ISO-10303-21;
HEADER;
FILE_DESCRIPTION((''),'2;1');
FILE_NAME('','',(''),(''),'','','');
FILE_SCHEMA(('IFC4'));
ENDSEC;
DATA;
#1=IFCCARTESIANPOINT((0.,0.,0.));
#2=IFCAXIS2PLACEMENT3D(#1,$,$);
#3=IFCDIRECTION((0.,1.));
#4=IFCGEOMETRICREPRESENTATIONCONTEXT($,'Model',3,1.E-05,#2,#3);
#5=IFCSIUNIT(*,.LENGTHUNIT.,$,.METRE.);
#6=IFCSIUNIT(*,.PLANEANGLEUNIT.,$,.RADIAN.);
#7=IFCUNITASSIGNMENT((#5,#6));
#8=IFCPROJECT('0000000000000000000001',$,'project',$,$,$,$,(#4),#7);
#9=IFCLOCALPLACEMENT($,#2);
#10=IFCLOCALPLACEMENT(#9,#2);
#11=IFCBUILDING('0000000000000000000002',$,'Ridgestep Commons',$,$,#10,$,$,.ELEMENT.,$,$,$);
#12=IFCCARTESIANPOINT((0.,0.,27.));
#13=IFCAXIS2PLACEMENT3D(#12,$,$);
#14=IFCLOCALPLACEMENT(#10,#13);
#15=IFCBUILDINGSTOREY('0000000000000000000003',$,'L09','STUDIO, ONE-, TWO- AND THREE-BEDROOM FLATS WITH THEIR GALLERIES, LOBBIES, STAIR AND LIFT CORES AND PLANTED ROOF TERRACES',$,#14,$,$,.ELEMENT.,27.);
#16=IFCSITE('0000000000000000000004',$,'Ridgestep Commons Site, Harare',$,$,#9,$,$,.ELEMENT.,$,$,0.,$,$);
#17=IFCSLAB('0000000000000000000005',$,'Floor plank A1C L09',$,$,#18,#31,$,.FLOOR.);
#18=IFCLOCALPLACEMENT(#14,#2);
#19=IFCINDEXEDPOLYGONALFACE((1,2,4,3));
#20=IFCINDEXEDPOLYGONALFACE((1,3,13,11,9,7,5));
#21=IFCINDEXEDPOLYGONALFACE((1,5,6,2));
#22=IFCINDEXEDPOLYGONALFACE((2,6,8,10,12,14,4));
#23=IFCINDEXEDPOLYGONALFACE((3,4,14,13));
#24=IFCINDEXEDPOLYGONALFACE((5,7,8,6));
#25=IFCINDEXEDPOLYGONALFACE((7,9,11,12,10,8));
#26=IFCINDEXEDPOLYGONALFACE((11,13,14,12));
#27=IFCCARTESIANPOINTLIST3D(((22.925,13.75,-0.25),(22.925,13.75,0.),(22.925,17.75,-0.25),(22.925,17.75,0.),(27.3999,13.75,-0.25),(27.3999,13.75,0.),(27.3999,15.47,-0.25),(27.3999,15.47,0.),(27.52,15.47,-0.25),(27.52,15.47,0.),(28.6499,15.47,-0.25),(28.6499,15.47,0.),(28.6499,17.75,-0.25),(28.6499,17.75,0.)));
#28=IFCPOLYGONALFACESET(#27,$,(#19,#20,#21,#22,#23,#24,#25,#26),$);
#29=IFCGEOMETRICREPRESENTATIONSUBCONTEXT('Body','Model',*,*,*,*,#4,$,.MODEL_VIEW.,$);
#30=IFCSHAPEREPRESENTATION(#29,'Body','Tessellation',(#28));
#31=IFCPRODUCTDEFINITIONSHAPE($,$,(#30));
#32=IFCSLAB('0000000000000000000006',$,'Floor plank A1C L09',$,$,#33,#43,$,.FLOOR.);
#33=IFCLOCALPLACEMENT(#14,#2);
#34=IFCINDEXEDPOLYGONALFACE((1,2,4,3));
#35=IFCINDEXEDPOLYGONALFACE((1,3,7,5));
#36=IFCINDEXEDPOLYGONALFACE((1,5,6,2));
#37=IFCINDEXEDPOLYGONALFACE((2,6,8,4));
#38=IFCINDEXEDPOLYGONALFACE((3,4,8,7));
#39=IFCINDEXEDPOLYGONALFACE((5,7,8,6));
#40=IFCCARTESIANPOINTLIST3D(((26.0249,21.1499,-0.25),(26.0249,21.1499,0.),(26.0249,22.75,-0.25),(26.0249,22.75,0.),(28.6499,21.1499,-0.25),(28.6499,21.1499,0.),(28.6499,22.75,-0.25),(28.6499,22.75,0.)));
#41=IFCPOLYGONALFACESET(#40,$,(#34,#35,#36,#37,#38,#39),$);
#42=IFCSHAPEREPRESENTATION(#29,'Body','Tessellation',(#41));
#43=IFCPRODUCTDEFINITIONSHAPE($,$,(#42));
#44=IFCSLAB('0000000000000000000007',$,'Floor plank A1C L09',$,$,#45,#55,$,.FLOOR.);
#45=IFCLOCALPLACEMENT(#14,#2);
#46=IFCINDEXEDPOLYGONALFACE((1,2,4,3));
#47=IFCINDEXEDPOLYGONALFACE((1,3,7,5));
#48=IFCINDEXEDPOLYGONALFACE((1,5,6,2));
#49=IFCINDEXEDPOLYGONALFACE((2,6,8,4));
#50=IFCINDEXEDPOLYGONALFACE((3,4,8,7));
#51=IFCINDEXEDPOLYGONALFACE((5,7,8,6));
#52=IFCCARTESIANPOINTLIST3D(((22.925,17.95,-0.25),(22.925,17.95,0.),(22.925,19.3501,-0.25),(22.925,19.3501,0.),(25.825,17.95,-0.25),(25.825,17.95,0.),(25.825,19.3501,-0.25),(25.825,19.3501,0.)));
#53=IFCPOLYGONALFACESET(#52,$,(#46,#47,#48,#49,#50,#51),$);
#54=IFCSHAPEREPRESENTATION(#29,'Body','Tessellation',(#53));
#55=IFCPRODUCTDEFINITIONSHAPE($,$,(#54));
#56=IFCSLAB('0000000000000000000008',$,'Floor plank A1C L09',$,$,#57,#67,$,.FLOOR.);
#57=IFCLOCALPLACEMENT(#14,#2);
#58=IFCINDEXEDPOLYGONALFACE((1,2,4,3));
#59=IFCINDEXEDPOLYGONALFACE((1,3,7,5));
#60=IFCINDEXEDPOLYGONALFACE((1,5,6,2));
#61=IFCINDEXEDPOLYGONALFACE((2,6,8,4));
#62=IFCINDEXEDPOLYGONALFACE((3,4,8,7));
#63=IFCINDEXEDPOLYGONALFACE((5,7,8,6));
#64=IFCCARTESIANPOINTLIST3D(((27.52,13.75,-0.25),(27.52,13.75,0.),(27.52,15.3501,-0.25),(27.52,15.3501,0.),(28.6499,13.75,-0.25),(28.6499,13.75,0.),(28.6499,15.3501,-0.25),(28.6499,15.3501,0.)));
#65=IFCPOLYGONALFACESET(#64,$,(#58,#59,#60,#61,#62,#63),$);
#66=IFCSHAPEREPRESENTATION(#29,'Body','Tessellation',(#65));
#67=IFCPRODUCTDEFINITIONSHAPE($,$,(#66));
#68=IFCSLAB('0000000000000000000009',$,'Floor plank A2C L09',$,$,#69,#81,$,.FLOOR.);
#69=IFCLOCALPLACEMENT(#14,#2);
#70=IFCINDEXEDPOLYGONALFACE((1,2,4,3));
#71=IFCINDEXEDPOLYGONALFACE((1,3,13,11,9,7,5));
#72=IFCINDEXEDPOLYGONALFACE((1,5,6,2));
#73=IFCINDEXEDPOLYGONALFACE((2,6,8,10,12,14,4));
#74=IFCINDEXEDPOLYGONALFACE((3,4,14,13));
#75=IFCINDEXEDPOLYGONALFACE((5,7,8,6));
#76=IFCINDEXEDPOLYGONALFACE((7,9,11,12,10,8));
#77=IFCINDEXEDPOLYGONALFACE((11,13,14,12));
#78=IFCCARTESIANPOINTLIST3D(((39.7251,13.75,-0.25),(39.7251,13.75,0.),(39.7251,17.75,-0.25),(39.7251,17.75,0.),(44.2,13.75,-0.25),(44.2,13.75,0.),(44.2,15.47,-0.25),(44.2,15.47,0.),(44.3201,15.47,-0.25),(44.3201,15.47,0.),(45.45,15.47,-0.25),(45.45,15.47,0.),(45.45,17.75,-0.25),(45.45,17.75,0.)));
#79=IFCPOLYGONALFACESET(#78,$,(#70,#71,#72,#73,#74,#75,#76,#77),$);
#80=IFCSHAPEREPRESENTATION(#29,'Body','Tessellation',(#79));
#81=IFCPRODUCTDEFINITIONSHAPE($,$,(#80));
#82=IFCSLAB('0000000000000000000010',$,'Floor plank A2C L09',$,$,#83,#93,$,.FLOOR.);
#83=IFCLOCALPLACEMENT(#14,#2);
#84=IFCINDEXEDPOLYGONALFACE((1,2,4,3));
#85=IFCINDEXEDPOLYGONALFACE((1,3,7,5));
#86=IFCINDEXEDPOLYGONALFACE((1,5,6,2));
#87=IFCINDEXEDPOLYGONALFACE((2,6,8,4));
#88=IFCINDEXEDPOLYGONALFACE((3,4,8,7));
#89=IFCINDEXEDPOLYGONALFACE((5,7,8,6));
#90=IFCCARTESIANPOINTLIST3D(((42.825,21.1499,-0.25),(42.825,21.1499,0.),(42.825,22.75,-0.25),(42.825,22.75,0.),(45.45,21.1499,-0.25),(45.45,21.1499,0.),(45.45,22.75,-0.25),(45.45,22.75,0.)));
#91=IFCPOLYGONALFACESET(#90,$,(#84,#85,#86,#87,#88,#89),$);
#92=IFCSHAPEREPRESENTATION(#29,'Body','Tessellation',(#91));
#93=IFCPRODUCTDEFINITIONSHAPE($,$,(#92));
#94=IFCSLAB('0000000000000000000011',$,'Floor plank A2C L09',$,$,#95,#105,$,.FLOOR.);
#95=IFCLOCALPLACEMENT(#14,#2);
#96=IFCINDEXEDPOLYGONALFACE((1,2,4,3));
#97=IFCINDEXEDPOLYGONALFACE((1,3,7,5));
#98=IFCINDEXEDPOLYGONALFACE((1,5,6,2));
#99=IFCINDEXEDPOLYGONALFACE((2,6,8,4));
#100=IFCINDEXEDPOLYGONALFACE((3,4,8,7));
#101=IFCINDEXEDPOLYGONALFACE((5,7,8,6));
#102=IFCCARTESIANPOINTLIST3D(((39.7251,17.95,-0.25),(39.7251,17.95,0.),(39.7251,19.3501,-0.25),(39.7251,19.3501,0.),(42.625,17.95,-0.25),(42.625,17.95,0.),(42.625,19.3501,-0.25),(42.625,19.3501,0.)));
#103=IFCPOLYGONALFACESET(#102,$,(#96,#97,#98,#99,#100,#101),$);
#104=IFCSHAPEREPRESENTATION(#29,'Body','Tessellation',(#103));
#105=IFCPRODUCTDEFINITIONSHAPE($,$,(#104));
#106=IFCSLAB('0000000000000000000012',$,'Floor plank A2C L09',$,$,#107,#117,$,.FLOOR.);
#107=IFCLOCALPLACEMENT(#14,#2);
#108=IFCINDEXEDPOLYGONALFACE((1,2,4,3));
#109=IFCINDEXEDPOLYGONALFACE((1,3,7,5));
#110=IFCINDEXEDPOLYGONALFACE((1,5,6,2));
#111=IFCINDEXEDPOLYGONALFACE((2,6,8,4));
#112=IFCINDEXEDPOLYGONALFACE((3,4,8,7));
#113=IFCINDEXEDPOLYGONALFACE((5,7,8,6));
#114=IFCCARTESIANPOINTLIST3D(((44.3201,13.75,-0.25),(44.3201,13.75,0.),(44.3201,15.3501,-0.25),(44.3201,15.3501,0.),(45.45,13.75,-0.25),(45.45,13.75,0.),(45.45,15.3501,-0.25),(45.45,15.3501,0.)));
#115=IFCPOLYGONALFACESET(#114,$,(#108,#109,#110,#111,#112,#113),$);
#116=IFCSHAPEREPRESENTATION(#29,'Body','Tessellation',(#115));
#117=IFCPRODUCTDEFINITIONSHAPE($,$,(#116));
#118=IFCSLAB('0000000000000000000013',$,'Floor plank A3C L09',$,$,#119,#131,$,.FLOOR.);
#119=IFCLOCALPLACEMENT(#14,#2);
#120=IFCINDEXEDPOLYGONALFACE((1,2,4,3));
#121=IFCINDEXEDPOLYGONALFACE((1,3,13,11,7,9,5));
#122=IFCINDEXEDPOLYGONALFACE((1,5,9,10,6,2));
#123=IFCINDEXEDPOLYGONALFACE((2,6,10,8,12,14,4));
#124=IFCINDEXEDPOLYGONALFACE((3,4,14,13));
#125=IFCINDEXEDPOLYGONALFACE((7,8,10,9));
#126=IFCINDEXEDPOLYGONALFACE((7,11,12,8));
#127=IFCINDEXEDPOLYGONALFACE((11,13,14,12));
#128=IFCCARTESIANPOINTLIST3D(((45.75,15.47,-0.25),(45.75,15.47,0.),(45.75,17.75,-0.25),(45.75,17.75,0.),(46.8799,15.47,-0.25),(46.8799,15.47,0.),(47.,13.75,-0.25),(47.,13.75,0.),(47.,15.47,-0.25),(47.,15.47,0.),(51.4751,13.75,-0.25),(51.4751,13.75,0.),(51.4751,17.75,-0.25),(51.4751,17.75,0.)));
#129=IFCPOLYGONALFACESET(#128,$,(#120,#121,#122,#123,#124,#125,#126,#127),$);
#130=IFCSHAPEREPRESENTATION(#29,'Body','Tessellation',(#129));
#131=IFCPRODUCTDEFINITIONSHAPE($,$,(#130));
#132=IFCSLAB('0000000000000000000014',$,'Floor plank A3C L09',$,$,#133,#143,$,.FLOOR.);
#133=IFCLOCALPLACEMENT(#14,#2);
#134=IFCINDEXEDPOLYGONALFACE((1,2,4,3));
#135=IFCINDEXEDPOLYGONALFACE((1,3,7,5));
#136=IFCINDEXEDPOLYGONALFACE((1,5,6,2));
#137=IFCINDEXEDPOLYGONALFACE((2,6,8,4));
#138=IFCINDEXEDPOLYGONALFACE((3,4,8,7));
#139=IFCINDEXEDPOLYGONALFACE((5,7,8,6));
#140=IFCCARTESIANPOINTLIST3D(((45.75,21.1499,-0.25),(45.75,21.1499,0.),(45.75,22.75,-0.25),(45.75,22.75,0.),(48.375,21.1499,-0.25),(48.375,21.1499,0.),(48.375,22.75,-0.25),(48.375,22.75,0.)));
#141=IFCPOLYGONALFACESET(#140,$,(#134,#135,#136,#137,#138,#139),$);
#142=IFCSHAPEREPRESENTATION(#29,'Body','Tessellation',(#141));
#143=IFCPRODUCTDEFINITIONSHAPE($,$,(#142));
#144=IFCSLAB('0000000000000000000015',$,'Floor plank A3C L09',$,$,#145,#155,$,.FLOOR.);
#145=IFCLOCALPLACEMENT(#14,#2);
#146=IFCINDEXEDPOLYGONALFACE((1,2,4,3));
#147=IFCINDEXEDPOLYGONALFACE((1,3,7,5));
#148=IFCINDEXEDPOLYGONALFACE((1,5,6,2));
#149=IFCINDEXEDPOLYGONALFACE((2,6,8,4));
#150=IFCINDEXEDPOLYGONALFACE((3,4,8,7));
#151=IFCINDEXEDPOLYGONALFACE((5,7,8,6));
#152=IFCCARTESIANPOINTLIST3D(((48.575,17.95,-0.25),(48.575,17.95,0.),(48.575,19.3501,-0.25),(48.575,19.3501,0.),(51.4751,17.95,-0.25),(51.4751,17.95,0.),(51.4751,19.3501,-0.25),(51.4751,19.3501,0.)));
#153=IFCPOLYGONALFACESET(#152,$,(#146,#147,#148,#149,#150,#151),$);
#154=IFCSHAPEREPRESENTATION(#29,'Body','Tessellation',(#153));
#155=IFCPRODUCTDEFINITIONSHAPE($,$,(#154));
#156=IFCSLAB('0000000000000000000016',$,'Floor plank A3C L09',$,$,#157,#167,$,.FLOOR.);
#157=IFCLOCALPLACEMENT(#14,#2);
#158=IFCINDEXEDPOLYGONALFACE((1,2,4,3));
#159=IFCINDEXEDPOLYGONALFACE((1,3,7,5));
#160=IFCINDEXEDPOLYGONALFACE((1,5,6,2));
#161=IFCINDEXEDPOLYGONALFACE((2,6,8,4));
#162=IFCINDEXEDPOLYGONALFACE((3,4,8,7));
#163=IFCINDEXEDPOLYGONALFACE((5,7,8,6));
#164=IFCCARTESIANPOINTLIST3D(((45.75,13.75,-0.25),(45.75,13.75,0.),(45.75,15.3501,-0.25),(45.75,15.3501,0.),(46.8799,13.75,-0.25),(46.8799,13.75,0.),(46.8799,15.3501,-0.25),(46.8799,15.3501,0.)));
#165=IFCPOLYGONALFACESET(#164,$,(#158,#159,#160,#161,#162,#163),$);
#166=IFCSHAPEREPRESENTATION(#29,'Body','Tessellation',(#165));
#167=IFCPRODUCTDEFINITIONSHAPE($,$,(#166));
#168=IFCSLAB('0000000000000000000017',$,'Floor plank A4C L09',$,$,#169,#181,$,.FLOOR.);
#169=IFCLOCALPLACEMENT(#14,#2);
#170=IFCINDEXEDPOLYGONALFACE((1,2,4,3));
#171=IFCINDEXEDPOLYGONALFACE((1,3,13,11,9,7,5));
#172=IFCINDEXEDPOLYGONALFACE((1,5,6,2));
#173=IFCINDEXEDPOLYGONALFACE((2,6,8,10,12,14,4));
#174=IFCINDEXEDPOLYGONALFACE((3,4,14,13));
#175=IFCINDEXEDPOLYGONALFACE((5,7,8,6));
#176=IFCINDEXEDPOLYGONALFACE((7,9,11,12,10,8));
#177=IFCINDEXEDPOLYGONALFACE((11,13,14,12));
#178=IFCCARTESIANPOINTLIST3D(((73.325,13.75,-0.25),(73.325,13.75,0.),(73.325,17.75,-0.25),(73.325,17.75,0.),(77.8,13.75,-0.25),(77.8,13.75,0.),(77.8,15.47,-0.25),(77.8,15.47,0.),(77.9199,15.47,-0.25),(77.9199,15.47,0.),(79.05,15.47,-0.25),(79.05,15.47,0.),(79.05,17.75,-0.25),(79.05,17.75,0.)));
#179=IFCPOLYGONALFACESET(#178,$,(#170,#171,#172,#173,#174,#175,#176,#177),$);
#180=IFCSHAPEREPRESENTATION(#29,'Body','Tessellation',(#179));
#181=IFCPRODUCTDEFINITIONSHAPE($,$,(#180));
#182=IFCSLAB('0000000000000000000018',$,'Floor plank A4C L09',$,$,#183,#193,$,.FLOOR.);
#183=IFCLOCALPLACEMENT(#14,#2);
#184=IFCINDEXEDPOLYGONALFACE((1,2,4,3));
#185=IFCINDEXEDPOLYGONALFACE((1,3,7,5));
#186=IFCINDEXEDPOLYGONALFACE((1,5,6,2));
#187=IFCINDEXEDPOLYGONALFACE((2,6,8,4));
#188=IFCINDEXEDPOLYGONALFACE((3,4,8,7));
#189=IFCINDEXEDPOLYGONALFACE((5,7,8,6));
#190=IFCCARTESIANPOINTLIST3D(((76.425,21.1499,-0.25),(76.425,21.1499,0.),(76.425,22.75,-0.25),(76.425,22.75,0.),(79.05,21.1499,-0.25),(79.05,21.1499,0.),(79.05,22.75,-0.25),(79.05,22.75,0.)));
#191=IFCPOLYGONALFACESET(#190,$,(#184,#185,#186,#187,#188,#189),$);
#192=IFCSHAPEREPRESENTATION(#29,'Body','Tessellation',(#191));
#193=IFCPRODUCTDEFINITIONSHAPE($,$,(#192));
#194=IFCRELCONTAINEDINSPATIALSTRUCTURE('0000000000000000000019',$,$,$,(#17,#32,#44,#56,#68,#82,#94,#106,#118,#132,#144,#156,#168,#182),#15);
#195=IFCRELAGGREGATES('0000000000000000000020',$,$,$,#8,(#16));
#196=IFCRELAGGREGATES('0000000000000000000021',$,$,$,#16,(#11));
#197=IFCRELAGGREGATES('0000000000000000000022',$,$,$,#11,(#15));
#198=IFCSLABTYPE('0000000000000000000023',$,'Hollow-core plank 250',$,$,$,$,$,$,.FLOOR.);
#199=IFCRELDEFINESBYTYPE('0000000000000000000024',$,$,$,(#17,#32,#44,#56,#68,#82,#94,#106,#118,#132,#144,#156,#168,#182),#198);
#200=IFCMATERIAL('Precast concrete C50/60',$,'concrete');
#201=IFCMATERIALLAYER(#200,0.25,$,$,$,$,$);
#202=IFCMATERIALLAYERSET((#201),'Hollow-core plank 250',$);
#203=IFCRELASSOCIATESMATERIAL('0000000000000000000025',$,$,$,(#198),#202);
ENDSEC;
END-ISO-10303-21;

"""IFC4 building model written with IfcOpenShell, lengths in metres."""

from ifc_helpers import new_model, si_unit, direction, frame, origin, place, context, subcontext, project, spatial, polyline, outline, extrude, material, layer, layer_set, type_object, element, save


model = new_model("IFC4")

# Units and contexts
model_context = context("Model", 3, precision=1e-05, world=origin(), true_north=direction((0.0, 1.0)))
body_context = subcontext(model_context, "Body", "Model", "MODEL_VIEW")
ifc_project = project(units=[si_unit("LENGTHUNIT", "METRE"), si_unit("PLANEANGLEUNIT", "RADIAN")], contexts=[model_context])

# Site, building, storey
site_placement = place(None, origin())
site = spatial("IfcSite", under=ifc_project, at=site_placement, Name="Ridgestep Commons Site, Harare", CompositionType="ELEMENT", RefElevation=0.0)
building_placement = place(site_placement, origin())
building = spatial("IfcBuilding", under=site, at=building_placement, Name="Ridgestep Commons", CompositionType="ELEMENT")
storey_placement = place(building_placement, frame((0.0, 0.0, 27.0)))
storey = spatial("IfcBuildingStorey", under=building, at=storey_placement, Name="L09", Description="STUDIO, ONE-, TWO- AND THREE-BEDROOM FLATS WITH THEIR GALLERIES, LOBBIES, STAIR AND LIFT CORES AND PLANTED ROOF TERRACES", CompositionType="ELEMENT", Elevation=27.0)

# Slabs
ifc_material = material(Name="Precast concrete C50/60", Category="concrete")
ifc_layer = layer(ifc_material, 0.25)
ifc_layer_set = layer_set([ifc_layer], Name="Hollow-core plank 250")
slab_type = type_object("IfcSlabType", Name="Hollow-core plank 250", PredefinedType="FLOOR", material=ifc_layer_set)
slab_1_placement = place(storey_placement, frame((0.0, 0.0, -0.25)))
element("IfcSlab", 1, at=slab_1_placement, inside=storey, type_object=slab_type, Name="Floor plank A1C L09", PredefinedType="FLOOR", context=body_context, shape_type="SweptSolid", body=[
    extrude(outline(polyline([(27.52, 15.47), (28.6499, 15.47), (28.6499, 17.75), (22.925, 17.75), (22.925, 13.75), (27.3999, 13.75), (27.3999, 15.47), (27.52, 15.47)])), origin(), (0.0, 0.0, 1.0), 0.25),
])
slab_2_placement = place(storey_placement, frame((0.0, 0.0, -0.25)))
element("IfcSlab", 2, at=slab_2_placement, inside=storey, type_object=slab_type, Name="Floor plank A1C L09", PredefinedType="FLOOR", context=body_context, shape_type="SweptSolid", body=[
    extrude(outline(polyline([(28.6499, 21.1499), (28.6499, 22.75), (26.0249, 22.75), (26.0249, 21.1499), (28.6499, 21.1499)])), origin(), (0.0, 0.0, 1.0), 0.25),
])
slab_3_placement = place(storey_placement, frame((0.0, 0.0, -0.25)))
element("IfcSlab", 3, at=slab_3_placement, inside=storey, type_object=slab_type, Name="Floor plank A1C L09", PredefinedType="FLOOR", context=body_context, shape_type="SweptSolid", body=[
    extrude(outline(polyline([(25.825, 17.95), (25.825, 19.3501), (22.925, 19.3501), (22.925, 17.95), (25.825, 17.95)])), origin(), (0.0, 0.0, 1.0), 0.25),
])
slab_4_placement = place(storey_placement, frame((0.0, 0.0, -0.25)))
element("IfcSlab", 4, at=slab_4_placement, inside=storey, type_object=slab_type, Name="Floor plank A1C L09", PredefinedType="FLOOR", context=body_context, shape_type="SweptSolid", body=[
    extrude(outline(polyline([(27.52, 13.75), (28.6499, 13.75), (28.6499, 15.3501), (27.52, 15.3501), (27.52, 13.75)])), origin(), (0.0, 0.0, 1.0), 0.25),
])
slab_5_placement = place(storey_placement, frame((0.0, 0.0, -0.25)))
element("IfcSlab", 5, at=slab_5_placement, inside=storey, type_object=slab_type, Name="Floor plank A2C L09", PredefinedType="FLOOR", context=body_context, shape_type="SweptSolid", body=[
    extrude(outline(polyline([(44.3201, 15.47), (45.45, 15.47), (45.45, 17.75), (39.7251, 17.75), (39.7251, 13.75), (44.2, 13.75), (44.2, 15.47), (44.3201, 15.47)])), origin(), (0.0, 0.0, 1.0), 0.25),
])
slab_6_placement = place(storey_placement, frame((0.0, 0.0, -0.25)))
element("IfcSlab", 6, at=slab_6_placement, inside=storey, type_object=slab_type, Name="Floor plank A2C L09", PredefinedType="FLOOR", context=body_context, shape_type="SweptSolid", body=[
    extrude(outline(polyline([(45.45, 21.1499), (45.45, 22.75), (42.825, 22.75), (42.825, 21.1499), (45.45, 21.1499)])), origin(), (0.0, 0.0, 1.0), 0.25),
])
slab_7_placement = place(storey_placement, frame((0.0, 0.0, -0.25)))
element("IfcSlab", 7, at=slab_7_placement, inside=storey, type_object=slab_type, Name="Floor plank A2C L09", PredefinedType="FLOOR", context=body_context, shape_type="SweptSolid", body=[
    extrude(outline(polyline([(42.625, 17.95), (42.625, 19.3501), (39.7251, 19.3501), (39.7251, 17.95), (42.625, 17.95)])), origin(), (0.0, 0.0, 1.0), 0.25),
])
slab_8_placement = place(storey_placement, frame((0.0, 0.0, -0.25)))
element("IfcSlab", 8, at=slab_8_placement, inside=storey, type_object=slab_type, Name="Floor plank A2C L09", PredefinedType="FLOOR", context=body_context, shape_type="SweptSolid", body=[
    extrude(outline(polyline([(44.3201, 13.75), (45.45, 13.75), (45.45, 15.3501), (44.3201, 15.3501), (44.3201, 13.75)])), origin(), (0.0, 0.0, 1.0), 0.25),
])
slab_9_placement = place(storey_placement, frame((0.0, 0.0, -0.25)))
element("IfcSlab", 9, at=slab_9_placement, inside=storey, type_object=slab_type, Name="Floor plank A3C L09", PredefinedType="FLOOR", context=body_context, shape_type="SweptSolid", body=[
    extrude(outline(polyline([(47.0, 13.75), (51.4751, 13.75), (51.4751, 17.75), (45.75, 17.75), (45.75, 15.47), (46.8799, 15.47), (47.0, 15.47), (47.0, 13.75)])), origin(), (0.0, 0.0, 1.0), 0.25),
])
slab_10_placement = place(storey_placement, frame((0.0, 0.0, -0.25)))
element("IfcSlab", 10, at=slab_10_placement, inside=storey, type_object=slab_type, Name="Floor plank A3C L09", PredefinedType="FLOOR", context=body_context, shape_type="SweptSolid", body=[
    extrude(outline(polyline([(48.375, 22.75), (45.75, 22.75), (45.75, 21.1499), (48.375, 21.1499), (48.375, 22.75)])), origin(), (0.0, 0.0, 1.0), 0.25),
])
slab_11_placement = place(storey_placement, frame((0.0, 0.0, -0.25)))
element("IfcSlab", 11, at=slab_11_placement, inside=storey, type_object=slab_type, Name="Floor plank A3C L09", PredefinedType="FLOOR", context=body_context, shape_type="SweptSolid", body=[
    extrude(outline(polyline([(51.4751, 17.95), (51.4751, 19.3501), (48.575, 19.3501), (48.575, 17.95), (51.4751, 17.95)])), origin(), (0.0, 0.0, 1.0), 0.25),
])
slab_12_placement = place(storey_placement, frame((0.0, 0.0, -0.25)))
element("IfcSlab", 12, at=slab_12_placement, inside=storey, type_object=slab_type, Name="Floor plank A3C L09", PredefinedType="FLOOR", context=body_context, shape_type="SweptSolid", body=[
    extrude(outline(polyline([(46.8799, 15.3501), (45.75, 15.3501), (45.75, 13.75), (46.8799, 13.75), (46.8799, 15.3501)])), origin(), (0.0, 0.0, 1.0), 0.25),
])
slab_13_placement = place(storey_placement, frame((0.0, 0.0, -0.25)))
element("IfcSlab", 13, at=slab_13_placement, inside=storey, type_object=slab_type, Name="Floor plank A4C L09", PredefinedType="FLOOR", context=body_context, shape_type="SweptSolid", body=[
    extrude(outline(polyline([(77.9199, 15.47), (79.05, 15.47), (79.05, 17.75), (73.325, 17.75), (73.325, 13.75), (77.8, 13.75), (77.8, 15.47), (77.9199, 15.47)])), origin(), (0.0, 0.0, 1.0), 0.25),
])
slab_14_placement = place(storey_placement, frame((0.0, 0.0, -0.25)))
element("IfcSlab", 14, at=slab_14_placement, inside=storey, type_object=slab_type, Name="Floor plank A4C L09", PredefinedType="FLOOR", context=body_context, shape_type="SweptSolid", body=[
    extrude(outline(polyline([(79.05, 21.1499), (79.05, 22.75), (76.425, 22.75), (76.425, 21.1499), (79.05, 21.1499)])), origin(), (0.0, 0.0, 1.0), 0.25),
])

save(model, "model.ifc")
